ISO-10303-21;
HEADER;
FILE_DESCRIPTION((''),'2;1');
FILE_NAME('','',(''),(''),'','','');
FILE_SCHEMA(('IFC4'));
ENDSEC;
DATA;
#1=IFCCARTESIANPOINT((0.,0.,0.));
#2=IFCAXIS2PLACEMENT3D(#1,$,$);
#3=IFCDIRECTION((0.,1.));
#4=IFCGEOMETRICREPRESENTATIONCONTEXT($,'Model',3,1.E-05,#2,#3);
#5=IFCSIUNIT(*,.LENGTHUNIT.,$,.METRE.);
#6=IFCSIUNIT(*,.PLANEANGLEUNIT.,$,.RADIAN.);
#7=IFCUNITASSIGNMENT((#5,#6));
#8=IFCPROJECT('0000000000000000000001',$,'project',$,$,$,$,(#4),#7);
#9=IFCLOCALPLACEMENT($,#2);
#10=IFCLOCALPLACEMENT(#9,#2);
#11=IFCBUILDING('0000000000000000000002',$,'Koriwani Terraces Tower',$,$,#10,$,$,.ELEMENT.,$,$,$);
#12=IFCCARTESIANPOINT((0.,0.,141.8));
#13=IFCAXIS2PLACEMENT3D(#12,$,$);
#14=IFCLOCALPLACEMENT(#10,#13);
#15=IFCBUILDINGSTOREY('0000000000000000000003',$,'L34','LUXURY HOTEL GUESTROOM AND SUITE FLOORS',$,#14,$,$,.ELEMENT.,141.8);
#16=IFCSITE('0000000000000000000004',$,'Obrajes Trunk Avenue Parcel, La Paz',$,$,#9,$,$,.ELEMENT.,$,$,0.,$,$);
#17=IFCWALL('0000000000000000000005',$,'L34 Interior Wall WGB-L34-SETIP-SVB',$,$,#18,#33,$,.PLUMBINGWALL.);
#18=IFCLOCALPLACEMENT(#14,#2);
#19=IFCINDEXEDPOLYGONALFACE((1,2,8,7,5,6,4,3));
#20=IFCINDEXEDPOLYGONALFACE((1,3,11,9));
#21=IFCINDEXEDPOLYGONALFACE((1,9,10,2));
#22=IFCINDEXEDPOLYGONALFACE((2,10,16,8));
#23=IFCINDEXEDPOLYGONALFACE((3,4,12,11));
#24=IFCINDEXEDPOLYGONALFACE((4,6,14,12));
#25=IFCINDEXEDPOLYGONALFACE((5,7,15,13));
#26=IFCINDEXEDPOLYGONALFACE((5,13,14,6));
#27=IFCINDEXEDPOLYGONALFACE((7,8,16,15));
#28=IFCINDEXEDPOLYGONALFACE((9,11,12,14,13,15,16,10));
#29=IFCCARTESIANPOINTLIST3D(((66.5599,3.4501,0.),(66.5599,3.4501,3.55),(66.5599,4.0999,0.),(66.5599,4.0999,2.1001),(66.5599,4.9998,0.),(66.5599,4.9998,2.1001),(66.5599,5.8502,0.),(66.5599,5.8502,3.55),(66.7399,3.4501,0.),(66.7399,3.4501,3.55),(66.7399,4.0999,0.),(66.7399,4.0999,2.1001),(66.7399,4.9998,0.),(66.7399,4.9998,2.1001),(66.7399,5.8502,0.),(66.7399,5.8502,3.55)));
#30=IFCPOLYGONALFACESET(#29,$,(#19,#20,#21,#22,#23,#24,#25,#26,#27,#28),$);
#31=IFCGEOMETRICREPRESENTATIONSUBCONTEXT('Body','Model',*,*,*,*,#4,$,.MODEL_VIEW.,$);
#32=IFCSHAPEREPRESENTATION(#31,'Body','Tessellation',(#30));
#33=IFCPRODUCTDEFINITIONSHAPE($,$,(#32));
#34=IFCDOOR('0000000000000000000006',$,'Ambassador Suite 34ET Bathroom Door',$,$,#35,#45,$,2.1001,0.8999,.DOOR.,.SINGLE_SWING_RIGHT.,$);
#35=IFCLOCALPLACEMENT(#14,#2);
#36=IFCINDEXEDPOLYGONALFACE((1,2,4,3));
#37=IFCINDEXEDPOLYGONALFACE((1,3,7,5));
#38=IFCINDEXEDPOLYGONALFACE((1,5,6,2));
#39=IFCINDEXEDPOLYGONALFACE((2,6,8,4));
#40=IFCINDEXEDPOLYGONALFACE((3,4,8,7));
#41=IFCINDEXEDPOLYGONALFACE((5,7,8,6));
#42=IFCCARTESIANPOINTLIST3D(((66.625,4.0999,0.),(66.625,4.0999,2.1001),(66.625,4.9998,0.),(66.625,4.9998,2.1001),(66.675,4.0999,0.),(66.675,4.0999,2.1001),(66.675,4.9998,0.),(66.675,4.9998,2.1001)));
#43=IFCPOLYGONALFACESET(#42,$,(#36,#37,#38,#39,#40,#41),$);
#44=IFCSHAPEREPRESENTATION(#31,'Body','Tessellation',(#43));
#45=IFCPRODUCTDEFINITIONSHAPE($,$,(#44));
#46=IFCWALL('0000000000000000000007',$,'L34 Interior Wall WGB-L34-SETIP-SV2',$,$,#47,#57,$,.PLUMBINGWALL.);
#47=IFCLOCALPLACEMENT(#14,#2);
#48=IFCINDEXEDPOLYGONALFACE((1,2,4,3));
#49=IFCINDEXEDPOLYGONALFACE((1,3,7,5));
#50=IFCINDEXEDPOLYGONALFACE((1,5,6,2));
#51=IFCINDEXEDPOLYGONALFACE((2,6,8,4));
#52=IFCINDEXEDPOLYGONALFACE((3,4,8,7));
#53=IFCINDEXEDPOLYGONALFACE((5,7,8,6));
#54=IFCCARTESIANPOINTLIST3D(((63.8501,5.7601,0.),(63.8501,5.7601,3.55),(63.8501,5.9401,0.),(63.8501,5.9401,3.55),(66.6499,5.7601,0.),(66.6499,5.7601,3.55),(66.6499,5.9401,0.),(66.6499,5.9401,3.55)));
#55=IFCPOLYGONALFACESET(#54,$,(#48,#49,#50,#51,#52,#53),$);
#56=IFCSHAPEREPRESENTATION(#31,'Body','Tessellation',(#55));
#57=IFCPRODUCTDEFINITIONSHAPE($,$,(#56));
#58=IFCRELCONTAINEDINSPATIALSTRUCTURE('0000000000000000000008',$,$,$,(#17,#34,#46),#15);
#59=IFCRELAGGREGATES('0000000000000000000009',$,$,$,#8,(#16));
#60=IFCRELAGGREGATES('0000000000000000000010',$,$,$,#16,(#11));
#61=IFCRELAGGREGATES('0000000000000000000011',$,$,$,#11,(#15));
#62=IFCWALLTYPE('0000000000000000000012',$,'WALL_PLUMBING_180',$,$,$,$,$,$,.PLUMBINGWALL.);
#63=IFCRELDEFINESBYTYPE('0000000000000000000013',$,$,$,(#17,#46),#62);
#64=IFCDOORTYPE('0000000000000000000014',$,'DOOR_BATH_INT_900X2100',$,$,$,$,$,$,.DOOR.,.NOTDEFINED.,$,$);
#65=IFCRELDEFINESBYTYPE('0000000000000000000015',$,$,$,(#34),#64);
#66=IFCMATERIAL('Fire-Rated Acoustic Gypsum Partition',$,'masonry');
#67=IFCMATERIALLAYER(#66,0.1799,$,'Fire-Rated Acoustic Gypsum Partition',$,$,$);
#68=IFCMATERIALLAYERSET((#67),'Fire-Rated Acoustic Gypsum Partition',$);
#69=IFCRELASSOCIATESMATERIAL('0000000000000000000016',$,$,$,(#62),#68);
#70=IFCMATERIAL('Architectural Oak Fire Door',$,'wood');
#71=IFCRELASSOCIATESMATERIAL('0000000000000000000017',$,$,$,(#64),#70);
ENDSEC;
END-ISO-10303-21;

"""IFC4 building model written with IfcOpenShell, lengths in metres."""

from ifc_helpers import new_model, si_unit, direction, frame, frame_2d, origin, place, context, subcontext, project, spatial, rectangle, extrude, material, layer, layer_set, type_object, element, fill, save


model = new_model("IFC4")

# Units and contexts
model_context = context("Model", 3, precision=1e-05, world=origin(), true_north=direction((0.0, 1.0)))
body_context = subcontext(model_context, "Body", "Model", "MODEL_VIEW")
ifc_project = project(units=[si_unit("LENGTHUNIT", "METRE"), si_unit("PLANEANGLEUNIT", "RADIAN")], contexts=[model_context])

# Site, building, storey
site_placement = place(None, origin())
site = spatial("IfcSite", under=ifc_project, at=site_placement, Name="Obrajes Trunk Avenue Parcel, La Paz", CompositionType="ELEMENT", RefElevation=0.0)
building_placement = place(site_placement, origin())
building = spatial("IfcBuilding", under=site, at=building_placement, Name="Koriwani Terraces Tower", CompositionType="ELEMENT")
storey_placement = place(building_placement, frame((0.0, 0.0, 141.8)))
storey = spatial("IfcBuildingStorey", under=building, at=storey_placement, Name="L34", Description="LUXURY HOTEL GUESTROOM AND SUITE FLOORS", CompositionType="ELEMENT", Elevation=141.8)

# Shared definitions
ifc_material_1 = material(Name="Architectural Oak Fire Door", Category="wood")

# Wall, opening, door
ifc_material_2 = material(Name="Fire-Rated Acoustic Gypsum Partition", Category="masonry")
ifc_layer_1 = layer(ifc_material_2, 0.1799, Name="Fire-Rated Acoustic Gypsum Partition")
ifc_layer_set_1 = layer_set([ifc_layer_1], Name="Fire-Rated Acoustic Gypsum Partition")
wall_type_1 = type_object("IfcWallType", Name="WALL_PLUMBING_180", PredefinedType="PLUMBINGWALL", material=ifc_layer_set_1)
wall_1_placement = place(storey_placement, frame((66.6499, 3.45, 0.0), z_axis=(0.0, 0.0, 1.0), x_axis=(0.0, 1.0, 0.0)))
wall_1 = element("IfcWall", 1, at=wall_1_placement, inside=storey, type_object=wall_type_1, Name="L34 Interior Wall WGB-L34-SETIP-SVB", PredefinedType="PLUMBINGWALL", context=body_context, shape_type="SweptSolid", body=[
    extrude(rectangle(XDim=2.4001, YDim=0.1799, at=frame_2d((1.2002, 0.0))), origin(), (0.0, 0.0, 1.0), 3.55),
])
opening_1_placement = place(wall_1_placement, frame((0.6499, 0.0, 0.0)))
opening_1 = element("IfcOpeningElement", 2, at=opening_1_placement, cuts=wall_1, PredefinedType="OPENING", context=body_context, shape_type="SweptSolid", body=[
    extrude(rectangle(XDim=0.8999, YDim=2.1001, at=frame_2d((0.45, 1.05))), frame((0.0, 0.1001, 0.0), z_axis=(0.0, -1.0, 0.0), x_axis=(1.0, 0.0, 0.0)), (0.0, 0.0, 1.0), 0.2),
])
door_type_1 = type_object("IfcDoorType", Name="DOOR_BATH_INT_900X2100", OperationType="NOTDEFINED", PredefinedType="DOOR", material=ifc_material_1)
door_1_placement = place(opening_1_placement, origin())
door_1 = element("IfcDoor", 3, at=door_1_placement, inside=storey, type_object=door_type_1, Name="Ambassador Suite 34ET Bathroom Door", OperationType="SINGLE_SWING_RIGHT", OverallHeight=2.1001, OverallWidth=0.8999, PredefinedType="DOOR", context=body_context, shape_type="SweptSolid", body=[
    extrude(rectangle(XDim=0.8999, YDim=2.1001, at=frame_2d((0.45, 1.05))), frame((0.0, 0.0249, 0.0), z_axis=(0.0, -1.0, 0.0), x_axis=(1.0, 0.0, 0.0)), (0.0, 0.0, 1.0), 0.05),
])
fill(opening_1, door_1)

# Wall
wall_2_placement = place(storey_placement, frame((63.8501, 5.8501, 0.0), z_axis=(0.0, 0.0, 1.0), x_axis=(1.0, 0.0, 0.0)))
element("IfcWall", 4, at=wall_2_placement, inside=storey, type_object=wall_type_1, Name="L34 Interior Wall WGB-L34-SETIP-SV2", PredefinedType="PLUMBINGWALL", context=body_context, shape_type="SweptSolid", body=[
    extrude(rectangle(XDim=2.7998, YDim=0.1799, at=frame_2d((1.3999, 0.0))), origin(), (0.0, 0.0, 1.0), 3.55),
])

save(model, "model.ifc")
